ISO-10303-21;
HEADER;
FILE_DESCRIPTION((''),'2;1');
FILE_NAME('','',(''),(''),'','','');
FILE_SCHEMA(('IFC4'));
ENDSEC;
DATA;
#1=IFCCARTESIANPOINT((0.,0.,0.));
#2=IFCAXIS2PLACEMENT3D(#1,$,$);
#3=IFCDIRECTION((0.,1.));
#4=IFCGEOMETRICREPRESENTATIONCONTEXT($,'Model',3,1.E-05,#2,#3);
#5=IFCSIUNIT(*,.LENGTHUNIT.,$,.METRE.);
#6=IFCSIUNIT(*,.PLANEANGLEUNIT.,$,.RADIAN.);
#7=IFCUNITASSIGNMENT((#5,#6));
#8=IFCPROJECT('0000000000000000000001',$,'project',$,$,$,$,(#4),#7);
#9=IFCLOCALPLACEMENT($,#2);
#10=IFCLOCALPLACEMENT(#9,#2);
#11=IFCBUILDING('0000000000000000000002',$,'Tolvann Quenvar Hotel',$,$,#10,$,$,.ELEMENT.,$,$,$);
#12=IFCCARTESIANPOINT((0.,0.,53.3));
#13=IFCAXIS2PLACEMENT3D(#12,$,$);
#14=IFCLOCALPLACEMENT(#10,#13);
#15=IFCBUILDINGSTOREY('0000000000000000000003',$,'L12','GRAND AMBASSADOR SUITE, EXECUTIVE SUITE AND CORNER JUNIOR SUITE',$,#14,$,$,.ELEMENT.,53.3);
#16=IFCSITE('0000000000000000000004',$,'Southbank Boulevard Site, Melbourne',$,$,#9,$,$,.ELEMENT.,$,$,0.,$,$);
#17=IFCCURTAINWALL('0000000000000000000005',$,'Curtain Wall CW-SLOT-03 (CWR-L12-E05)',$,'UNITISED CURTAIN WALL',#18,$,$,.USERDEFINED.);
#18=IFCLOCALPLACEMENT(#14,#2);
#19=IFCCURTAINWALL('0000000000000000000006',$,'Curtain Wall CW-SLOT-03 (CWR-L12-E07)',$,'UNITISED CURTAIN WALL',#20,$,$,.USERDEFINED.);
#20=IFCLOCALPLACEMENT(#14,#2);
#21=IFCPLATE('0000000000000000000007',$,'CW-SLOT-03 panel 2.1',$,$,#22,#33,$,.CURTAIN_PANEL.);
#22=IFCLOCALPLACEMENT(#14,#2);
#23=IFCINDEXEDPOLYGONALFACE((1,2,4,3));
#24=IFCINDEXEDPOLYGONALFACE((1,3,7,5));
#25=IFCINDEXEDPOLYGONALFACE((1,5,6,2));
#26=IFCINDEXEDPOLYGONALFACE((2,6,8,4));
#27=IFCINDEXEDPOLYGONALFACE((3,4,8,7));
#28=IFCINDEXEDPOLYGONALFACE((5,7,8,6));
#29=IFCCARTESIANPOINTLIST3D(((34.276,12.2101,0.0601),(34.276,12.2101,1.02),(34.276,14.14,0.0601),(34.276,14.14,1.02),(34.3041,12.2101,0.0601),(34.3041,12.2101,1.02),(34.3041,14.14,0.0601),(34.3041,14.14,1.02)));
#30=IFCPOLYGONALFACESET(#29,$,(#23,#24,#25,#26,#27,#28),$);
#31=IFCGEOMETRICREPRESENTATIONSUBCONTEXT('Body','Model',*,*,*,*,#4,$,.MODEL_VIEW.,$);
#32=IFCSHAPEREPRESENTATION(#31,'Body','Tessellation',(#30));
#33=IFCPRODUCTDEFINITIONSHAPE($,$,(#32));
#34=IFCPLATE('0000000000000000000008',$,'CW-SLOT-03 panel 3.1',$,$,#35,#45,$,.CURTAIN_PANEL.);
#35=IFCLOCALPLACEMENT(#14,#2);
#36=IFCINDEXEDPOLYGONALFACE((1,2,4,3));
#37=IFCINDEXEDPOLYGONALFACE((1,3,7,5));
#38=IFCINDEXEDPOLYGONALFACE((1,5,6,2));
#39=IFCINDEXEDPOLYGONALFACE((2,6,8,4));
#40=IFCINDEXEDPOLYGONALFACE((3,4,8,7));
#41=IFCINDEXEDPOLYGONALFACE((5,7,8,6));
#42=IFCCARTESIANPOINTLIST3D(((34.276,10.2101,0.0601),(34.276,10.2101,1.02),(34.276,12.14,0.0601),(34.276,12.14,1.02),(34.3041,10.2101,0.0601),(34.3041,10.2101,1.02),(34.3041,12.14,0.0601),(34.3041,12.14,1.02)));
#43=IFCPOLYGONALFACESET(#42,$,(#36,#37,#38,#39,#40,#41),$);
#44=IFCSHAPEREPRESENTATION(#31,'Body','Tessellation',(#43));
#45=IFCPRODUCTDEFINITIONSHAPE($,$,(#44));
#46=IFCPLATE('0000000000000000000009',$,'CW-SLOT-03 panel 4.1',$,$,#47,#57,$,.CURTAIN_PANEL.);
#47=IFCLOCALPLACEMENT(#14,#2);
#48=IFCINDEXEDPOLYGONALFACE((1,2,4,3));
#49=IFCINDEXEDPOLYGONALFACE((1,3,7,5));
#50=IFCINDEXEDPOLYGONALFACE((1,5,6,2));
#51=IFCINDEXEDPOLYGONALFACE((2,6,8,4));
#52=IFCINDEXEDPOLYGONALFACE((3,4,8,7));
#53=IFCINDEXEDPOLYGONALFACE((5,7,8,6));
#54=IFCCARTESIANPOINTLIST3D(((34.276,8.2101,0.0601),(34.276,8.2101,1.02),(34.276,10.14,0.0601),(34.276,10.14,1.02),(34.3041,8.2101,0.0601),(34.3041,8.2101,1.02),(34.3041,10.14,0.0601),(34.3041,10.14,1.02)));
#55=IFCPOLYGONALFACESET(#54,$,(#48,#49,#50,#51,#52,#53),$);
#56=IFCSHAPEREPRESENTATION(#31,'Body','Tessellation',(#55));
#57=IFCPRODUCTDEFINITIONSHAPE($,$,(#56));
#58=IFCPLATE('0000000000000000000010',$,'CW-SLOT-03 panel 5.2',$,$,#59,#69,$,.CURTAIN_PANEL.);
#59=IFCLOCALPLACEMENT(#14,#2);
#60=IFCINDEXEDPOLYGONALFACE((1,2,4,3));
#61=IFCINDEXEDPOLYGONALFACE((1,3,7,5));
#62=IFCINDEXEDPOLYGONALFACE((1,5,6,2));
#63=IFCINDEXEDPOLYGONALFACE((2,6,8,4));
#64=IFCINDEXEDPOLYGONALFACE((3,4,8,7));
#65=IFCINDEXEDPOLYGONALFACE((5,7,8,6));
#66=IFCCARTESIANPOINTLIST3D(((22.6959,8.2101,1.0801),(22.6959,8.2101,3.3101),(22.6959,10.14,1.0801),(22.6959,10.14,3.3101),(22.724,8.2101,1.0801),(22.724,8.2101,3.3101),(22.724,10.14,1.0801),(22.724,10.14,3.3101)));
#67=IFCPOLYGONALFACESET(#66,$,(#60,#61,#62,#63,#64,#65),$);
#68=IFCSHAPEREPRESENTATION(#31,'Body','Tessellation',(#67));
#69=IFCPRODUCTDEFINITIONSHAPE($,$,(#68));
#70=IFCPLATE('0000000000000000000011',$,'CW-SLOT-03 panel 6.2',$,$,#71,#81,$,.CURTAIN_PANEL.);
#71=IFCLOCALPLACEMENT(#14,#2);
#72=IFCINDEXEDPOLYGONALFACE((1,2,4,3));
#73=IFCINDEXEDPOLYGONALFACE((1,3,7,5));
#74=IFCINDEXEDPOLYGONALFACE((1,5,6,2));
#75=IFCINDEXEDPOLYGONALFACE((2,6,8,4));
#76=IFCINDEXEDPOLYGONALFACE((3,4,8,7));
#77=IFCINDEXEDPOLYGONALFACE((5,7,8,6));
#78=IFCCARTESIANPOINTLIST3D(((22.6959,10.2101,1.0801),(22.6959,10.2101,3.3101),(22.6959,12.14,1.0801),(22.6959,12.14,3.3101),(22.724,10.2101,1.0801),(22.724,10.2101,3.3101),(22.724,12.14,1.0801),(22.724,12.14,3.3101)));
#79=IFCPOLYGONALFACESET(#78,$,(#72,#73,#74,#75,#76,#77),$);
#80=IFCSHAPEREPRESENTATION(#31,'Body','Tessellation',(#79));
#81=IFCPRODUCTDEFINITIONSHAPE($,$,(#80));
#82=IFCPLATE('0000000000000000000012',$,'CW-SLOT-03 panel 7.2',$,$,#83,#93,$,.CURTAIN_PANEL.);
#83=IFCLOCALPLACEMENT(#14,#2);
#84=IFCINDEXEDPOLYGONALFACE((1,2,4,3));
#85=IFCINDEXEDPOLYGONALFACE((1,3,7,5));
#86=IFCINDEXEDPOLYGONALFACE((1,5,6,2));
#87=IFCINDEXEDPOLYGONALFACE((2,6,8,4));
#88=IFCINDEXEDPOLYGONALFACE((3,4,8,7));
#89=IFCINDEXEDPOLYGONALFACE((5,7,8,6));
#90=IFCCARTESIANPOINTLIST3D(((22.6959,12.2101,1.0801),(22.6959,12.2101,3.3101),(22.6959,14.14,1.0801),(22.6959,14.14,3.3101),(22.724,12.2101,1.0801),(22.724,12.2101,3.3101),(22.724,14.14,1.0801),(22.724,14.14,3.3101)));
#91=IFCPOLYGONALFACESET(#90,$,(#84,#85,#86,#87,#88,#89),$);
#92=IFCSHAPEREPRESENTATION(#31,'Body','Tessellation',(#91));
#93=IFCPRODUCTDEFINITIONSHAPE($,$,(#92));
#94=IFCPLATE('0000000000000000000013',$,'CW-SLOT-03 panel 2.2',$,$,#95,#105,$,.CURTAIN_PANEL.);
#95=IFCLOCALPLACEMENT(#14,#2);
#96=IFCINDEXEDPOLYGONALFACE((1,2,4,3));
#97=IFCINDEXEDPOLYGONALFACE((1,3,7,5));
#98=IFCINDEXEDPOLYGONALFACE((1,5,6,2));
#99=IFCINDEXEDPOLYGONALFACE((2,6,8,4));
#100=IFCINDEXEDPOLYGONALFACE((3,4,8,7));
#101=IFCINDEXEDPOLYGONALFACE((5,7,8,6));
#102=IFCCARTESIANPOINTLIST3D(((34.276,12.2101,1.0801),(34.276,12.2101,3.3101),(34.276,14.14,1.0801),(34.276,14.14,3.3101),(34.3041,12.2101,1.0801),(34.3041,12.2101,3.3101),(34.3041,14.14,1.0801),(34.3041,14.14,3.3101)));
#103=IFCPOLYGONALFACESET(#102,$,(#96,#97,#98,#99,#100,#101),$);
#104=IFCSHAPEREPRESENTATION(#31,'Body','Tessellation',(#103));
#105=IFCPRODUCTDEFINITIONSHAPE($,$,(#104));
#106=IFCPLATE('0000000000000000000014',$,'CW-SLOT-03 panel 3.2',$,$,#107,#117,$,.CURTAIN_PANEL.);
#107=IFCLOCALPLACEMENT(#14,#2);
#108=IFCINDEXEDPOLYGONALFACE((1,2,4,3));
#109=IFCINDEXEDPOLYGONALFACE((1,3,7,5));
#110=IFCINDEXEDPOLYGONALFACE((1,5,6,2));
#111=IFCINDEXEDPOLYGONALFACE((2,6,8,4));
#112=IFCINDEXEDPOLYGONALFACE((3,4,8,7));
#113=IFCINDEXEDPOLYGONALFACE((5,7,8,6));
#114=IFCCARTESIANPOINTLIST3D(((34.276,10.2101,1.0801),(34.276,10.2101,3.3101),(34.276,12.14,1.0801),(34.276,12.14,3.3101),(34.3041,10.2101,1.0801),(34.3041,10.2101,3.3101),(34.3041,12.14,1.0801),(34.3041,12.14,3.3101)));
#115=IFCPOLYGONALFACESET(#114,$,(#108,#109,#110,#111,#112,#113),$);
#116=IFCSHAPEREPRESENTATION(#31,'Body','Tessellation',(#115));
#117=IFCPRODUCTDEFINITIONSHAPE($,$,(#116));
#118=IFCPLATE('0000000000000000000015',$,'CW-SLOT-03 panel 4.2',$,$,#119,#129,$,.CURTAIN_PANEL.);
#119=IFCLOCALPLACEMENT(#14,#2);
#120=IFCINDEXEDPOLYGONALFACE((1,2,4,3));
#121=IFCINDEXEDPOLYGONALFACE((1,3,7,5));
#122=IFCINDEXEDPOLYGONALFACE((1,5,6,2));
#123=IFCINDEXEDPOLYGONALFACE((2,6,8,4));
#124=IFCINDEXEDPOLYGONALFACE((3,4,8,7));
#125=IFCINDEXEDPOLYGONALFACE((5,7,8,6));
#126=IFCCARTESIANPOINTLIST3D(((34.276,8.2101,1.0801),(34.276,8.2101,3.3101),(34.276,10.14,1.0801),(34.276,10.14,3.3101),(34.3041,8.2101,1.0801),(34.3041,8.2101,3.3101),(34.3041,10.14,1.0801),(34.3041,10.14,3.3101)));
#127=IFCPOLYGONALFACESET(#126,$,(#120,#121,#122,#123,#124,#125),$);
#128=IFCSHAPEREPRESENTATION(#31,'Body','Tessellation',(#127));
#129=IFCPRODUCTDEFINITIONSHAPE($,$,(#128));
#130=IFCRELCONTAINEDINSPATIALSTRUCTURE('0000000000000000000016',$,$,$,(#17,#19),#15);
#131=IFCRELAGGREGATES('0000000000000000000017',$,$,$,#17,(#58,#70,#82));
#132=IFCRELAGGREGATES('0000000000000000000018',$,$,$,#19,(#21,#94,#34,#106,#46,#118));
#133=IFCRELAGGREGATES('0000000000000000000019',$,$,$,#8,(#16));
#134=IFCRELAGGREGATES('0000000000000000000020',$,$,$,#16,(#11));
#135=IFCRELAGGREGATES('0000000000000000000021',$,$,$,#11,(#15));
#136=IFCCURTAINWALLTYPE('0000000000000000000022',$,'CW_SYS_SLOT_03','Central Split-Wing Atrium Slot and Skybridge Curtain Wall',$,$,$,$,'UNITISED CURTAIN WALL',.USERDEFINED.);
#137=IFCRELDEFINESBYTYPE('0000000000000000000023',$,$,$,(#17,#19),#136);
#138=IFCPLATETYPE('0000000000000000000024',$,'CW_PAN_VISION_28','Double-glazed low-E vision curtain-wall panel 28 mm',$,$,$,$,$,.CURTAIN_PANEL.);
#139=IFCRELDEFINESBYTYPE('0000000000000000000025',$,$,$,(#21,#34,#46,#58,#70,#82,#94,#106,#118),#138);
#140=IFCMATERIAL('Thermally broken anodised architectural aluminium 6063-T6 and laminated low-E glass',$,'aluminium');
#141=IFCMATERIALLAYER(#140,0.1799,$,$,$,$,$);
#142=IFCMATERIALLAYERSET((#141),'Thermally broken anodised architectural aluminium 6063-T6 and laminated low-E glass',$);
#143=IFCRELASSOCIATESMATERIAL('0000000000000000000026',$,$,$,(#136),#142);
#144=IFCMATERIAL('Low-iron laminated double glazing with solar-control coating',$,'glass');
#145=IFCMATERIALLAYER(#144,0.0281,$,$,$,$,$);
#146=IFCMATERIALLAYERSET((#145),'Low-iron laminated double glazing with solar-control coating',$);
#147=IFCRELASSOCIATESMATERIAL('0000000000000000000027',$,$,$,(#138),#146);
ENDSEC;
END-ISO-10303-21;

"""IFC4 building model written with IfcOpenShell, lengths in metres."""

from ifc_helpers import new_model, si_unit, direction, frame, origin, origin_2d, place, context, subcontext, project, spatial, rectangle, extrude, source, transform, mapped, material, layer, layer_set, type_object, type_shapes, element, aggregate, save


model = new_model("IFC4")

# Units and contexts
model_context = context("Model", 3, precision=1e-05, world=origin(), true_north=direction((0.0, 1.0)))
body_context = subcontext(model_context, "Body", "Model", "MODEL_VIEW")
ifc_project = project(units=[si_unit("LENGTHUNIT", "METRE"), si_unit("PLANEANGLEUNIT", "RADIAN")], contexts=[model_context])

# Site, building, storey
site_placement = place(None, origin())
site = spatial("IfcSite", under=ifc_project, at=site_placement, Name="Southbank Boulevard Site, Melbourne", CompositionType="ELEMENT", RefElevation=0.0)
building_placement = place(site_placement, origin())
building = spatial("IfcBuilding", under=site, at=building_placement, Name="Tolvann Quenvar Hotel", CompositionType="ELEMENT")
storey_placement = place(building_placement, frame((0.0, 0.0, 53.3)))
storey = spatial("IfcBuildingStorey", under=building, at=storey_placement, Name="L12", Description="GRAND AMBASSADOR SUITE, EXECUTIVE SUITE AND CORNER JUNIOR SUITE", CompositionType="ELEMENT", Elevation=53.3)

# Curtain walls
ifc_material_1 = material(Name="Thermally broken anodised architectural aluminium 6063-T6 and laminated low-E glass", Category="aluminium")
ifc_layer_1 = layer(ifc_material_1, 0.1799)
ifc_layer_set_1 = layer_set([ifc_layer_1], Name="Thermally broken anodised architectural aluminium 6063-T6 and laminated low-E glass")
curtain_wall_type = type_object("IfcCurtainWallType", Name="CW_SYS_SLOT_03", Description="Central Split-Wing Atrium Slot and Skybridge Curtain Wall", ElementType="UNITISED CURTAIN WALL", PredefinedType="USERDEFINED", material=ifc_layer_set_1)
curtain_wall_1_placement = place(storey_placement, origin())
curtain_wall_1 = element("IfcCurtainWall", 1, at=curtain_wall_1_placement, inside=storey, type_object=curtain_wall_type, Name="Curtain Wall CW-SLOT-03 (CWR-L12-E05)", ObjectType="UNITISED CURTAIN WALL", PredefinedType="USERDEFINED")
curtain_wall_2_placement = place(storey_placement, origin())
curtain_wall_2 = element("IfcCurtainWall", 2, at=curtain_wall_2_placement, inside=storey, type_object=curtain_wall_type, Name="Curtain Wall CW-SLOT-03 (CWR-L12-E07)", ObjectType="UNITISED CURTAIN WALL", PredefinedType="USERDEFINED")

# Plates
ifc_material_2 = material(Name="Low-iron laminated double glazing with solar-control coating", Category="glass")
ifc_layer_2 = layer(ifc_material_2, 0.0281)
ifc_layer_set_2 = layer_set([ifc_layer_2], Name="Low-iron laminated double glazing with solar-control coating")
plate_type = type_object("IfcPlateType", Name="CW_PAN_VISION_28", Description="Double-glazed low-E vision curtain-wall panel 28 mm", PredefinedType="CURTAIN_PANEL", material=ifc_layer_set_2)
shared_shape_1 = source(origin(), body_context, "Body", "SweptSolid", [
    extrude(rectangle(XDim=1.9299, YDim=0.0281, at=origin_2d()), origin(), (0.0, 0.0, 1.0), 0.96),
])
plate_1_placement = place(storey_placement, frame((34.29, 13.175, 0.0601), z_axis=(0.0, 0.0, 1.0), x_axis=(0.0, -1.0, 0.0)))
plate_1 = element("IfcPlate", 3, at=plate_1_placement, type_object=plate_type, Name="CW-SLOT-03 panel 2.1", PredefinedType="CURTAIN_PANEL", context=body_context, shape_type="MappedRepresentation", body=[
    mapped(shared_shape_1, transform((0.0, 0.0, 0.0), x_axis=(1.0, 0.0, 0.0), y_axis=(0.0, 1.0, 0.0), z_axis=(0.0, 0.0, 1.0), scale=1.0)),
])
plate_2_placement = place(storey_placement, frame((34.29, 11.175, 0.0601), z_axis=(0.0, 0.0, 1.0), x_axis=(0.0, -1.0, 0.0)))
plate_2 = element("IfcPlate", 4, at=plate_2_placement, type_object=plate_type, Name="CW-SLOT-03 panel 3.1", PredefinedType="CURTAIN_PANEL", context=body_context, shape_type="MappedRepresentation", body=[
    mapped(shared_shape_1, transform((0.0, 0.0, 0.0), x_axis=(1.0, 0.0, 0.0), y_axis=(0.0, 1.0, 0.0), z_axis=(0.0, 0.0, 1.0), scale=1.0)),
])
plate_3_placement = place(storey_placement, frame((34.29, 9.175, 0.0601), z_axis=(0.0, 0.0, 1.0), x_axis=(0.0, -1.0, 0.0)))
plate_3 = element("IfcPlate", 5, at=plate_3_placement, type_object=plate_type, Name="CW-SLOT-03 panel 4.1", PredefinedType="CURTAIN_PANEL", context=body_context, shape_type="MappedRepresentation", body=[
    mapped(shared_shape_1, transform((0.0, 0.0, 0.0), x_axis=(1.0, 0.0, 0.0), y_axis=(0.0, 1.0, 0.0), z_axis=(0.0, 0.0, 1.0), scale=1.0)),
])
shared_shape_2 = source(origin(), body_context, "Body", "SweptSolid", [
    extrude(rectangle(XDim=1.9299, YDim=0.0281, at=origin_2d()), origin(), (0.0, 0.0, 1.0), 2.23),
])
type_shapes(plate_type, [shared_shape_1, shared_shape_2])
plate_4_placement = place(storey_placement, frame((22.71, 9.175, 1.0801), z_axis=(0.0, 0.0, 1.0), x_axis=(0.0, 1.0, 0.0)))
plate_4 = element("IfcPlate", 6, at=plate_4_placement, type_object=plate_type, Name="CW-SLOT-03 panel 5.2", PredefinedType="CURTAIN_PANEL", context=body_context, shape_type="MappedRepresentation", body=[
    mapped(shared_shape_2, transform((0.0, 0.0, 0.0), x_axis=(1.0, 0.0, 0.0), y_axis=(0.0, 1.0, 0.0), z_axis=(0.0, 0.0, 1.0), scale=1.0)),
])
plate_5_placement = place(storey_placement, frame((22.71, 11.175, 1.0801), z_axis=(0.0, 0.0, 1.0), x_axis=(0.0, 1.0, 0.0)))
plate_5 = element("IfcPlate", 7, at=plate_5_placement, type_object=plate_type, Name="CW-SLOT-03 panel 6.2", PredefinedType="CURTAIN_PANEL", context=body_context, shape_type="MappedRepresentation", body=[
    mapped(shared_shape_2, transform((0.0, 0.0, 0.0), x_axis=(1.0, 0.0, 0.0), y_axis=(0.0, 1.0, 0.0), z_axis=(0.0, 0.0, 1.0), scale=1.0)),
])
plate_6_placement = place(storey_placement, frame((22.71, 13.175, 1.0801), z_axis=(0.0, 0.0, 1.0), x_axis=(0.0, 1.0, 0.0)))
plate_6 = element("IfcPlate", 8, at=plate_6_placement, type_object=plate_type, Name="CW-SLOT-03 panel 7.2", PredefinedType="CURTAIN_PANEL", context=body_context, shape_type="MappedRepresentation", body=[
    mapped(shared_shape_2, transform((0.0, 0.0, 0.0), x_axis=(1.0, 0.0, 0.0), y_axis=(0.0, 1.0, 0.0), z_axis=(0.0, 0.0, 1.0), scale=1.0)),
])
aggregate(curtain_wall_1, [plate_4, plate_5, plate_6])
plate_7_placement = place(storey_placement, frame((34.29, 13.175, 1.0801), z_axis=(0.0, 0.0, 1.0), x_axis=(0.0, -1.0, 0.0)))
plate_7 = element("IfcPlate", 9, at=plate_7_placement, type_object=plate_type, Name="CW-SLOT-03 panel 2.2", PredefinedType="CURTAIN_PANEL", context=body_context, shape_type="MappedRepresentation", body=[
    mapped(shared_shape_2, transform((0.0, 0.0, 0.0), x_axis=(1.0, 0.0, 0.0), y_axis=(0.0, 1.0, 0.0), z_axis=(0.0, 0.0, 1.0), scale=1.0)),
])
plate_8_placement = place(storey_placement, frame((34.29, 11.175, 1.0801), z_axis=(0.0, 0.0, 1.0), x_axis=(0.0, -1.0, 0.0)))
plate_8 = element("IfcPlate", 10, at=plate_8_placement, type_object=plate_type, Name="CW-SLOT-03 panel 3.2", PredefinedType="CURTAIN_PANEL", context=body_context, shape_type="MappedRepresentation", body=[
    mapped(shared_shape_2, transform((0.0, 0.0, 0.0), x_axis=(1.0, 0.0, 0.0), y_axis=(0.0, 1.0, 0.0), z_axis=(0.0, 0.0, 1.0), scale=1.0)),
])
plate_9_placement = place(storey_placement, frame((34.29, 9.175, 1.0801), z_axis=(0.0, 0.0, 1.0), x_axis=(0.0, -1.0, 0.0)))
plate_9 = element("IfcPlate", 11, at=plate_9_placement, type_object=plate_type, Name="CW-SLOT-03 panel 4.2", PredefinedType="CURTAIN_PANEL", context=body_context, shape_type="MappedRepresentation", body=[
    mapped(shared_shape_2, transform((0.0, 0.0, 0.0), x_axis=(1.0, 0.0, 0.0), y_axis=(0.0, 1.0, 0.0), z_axis=(0.0, 0.0, 1.0), scale=1.0)),
])
aggregate(curtain_wall_2, [plate_1, plate_7, plate_2, plate_8, plate_3, plate_9])

save(model, "model.ifc")
